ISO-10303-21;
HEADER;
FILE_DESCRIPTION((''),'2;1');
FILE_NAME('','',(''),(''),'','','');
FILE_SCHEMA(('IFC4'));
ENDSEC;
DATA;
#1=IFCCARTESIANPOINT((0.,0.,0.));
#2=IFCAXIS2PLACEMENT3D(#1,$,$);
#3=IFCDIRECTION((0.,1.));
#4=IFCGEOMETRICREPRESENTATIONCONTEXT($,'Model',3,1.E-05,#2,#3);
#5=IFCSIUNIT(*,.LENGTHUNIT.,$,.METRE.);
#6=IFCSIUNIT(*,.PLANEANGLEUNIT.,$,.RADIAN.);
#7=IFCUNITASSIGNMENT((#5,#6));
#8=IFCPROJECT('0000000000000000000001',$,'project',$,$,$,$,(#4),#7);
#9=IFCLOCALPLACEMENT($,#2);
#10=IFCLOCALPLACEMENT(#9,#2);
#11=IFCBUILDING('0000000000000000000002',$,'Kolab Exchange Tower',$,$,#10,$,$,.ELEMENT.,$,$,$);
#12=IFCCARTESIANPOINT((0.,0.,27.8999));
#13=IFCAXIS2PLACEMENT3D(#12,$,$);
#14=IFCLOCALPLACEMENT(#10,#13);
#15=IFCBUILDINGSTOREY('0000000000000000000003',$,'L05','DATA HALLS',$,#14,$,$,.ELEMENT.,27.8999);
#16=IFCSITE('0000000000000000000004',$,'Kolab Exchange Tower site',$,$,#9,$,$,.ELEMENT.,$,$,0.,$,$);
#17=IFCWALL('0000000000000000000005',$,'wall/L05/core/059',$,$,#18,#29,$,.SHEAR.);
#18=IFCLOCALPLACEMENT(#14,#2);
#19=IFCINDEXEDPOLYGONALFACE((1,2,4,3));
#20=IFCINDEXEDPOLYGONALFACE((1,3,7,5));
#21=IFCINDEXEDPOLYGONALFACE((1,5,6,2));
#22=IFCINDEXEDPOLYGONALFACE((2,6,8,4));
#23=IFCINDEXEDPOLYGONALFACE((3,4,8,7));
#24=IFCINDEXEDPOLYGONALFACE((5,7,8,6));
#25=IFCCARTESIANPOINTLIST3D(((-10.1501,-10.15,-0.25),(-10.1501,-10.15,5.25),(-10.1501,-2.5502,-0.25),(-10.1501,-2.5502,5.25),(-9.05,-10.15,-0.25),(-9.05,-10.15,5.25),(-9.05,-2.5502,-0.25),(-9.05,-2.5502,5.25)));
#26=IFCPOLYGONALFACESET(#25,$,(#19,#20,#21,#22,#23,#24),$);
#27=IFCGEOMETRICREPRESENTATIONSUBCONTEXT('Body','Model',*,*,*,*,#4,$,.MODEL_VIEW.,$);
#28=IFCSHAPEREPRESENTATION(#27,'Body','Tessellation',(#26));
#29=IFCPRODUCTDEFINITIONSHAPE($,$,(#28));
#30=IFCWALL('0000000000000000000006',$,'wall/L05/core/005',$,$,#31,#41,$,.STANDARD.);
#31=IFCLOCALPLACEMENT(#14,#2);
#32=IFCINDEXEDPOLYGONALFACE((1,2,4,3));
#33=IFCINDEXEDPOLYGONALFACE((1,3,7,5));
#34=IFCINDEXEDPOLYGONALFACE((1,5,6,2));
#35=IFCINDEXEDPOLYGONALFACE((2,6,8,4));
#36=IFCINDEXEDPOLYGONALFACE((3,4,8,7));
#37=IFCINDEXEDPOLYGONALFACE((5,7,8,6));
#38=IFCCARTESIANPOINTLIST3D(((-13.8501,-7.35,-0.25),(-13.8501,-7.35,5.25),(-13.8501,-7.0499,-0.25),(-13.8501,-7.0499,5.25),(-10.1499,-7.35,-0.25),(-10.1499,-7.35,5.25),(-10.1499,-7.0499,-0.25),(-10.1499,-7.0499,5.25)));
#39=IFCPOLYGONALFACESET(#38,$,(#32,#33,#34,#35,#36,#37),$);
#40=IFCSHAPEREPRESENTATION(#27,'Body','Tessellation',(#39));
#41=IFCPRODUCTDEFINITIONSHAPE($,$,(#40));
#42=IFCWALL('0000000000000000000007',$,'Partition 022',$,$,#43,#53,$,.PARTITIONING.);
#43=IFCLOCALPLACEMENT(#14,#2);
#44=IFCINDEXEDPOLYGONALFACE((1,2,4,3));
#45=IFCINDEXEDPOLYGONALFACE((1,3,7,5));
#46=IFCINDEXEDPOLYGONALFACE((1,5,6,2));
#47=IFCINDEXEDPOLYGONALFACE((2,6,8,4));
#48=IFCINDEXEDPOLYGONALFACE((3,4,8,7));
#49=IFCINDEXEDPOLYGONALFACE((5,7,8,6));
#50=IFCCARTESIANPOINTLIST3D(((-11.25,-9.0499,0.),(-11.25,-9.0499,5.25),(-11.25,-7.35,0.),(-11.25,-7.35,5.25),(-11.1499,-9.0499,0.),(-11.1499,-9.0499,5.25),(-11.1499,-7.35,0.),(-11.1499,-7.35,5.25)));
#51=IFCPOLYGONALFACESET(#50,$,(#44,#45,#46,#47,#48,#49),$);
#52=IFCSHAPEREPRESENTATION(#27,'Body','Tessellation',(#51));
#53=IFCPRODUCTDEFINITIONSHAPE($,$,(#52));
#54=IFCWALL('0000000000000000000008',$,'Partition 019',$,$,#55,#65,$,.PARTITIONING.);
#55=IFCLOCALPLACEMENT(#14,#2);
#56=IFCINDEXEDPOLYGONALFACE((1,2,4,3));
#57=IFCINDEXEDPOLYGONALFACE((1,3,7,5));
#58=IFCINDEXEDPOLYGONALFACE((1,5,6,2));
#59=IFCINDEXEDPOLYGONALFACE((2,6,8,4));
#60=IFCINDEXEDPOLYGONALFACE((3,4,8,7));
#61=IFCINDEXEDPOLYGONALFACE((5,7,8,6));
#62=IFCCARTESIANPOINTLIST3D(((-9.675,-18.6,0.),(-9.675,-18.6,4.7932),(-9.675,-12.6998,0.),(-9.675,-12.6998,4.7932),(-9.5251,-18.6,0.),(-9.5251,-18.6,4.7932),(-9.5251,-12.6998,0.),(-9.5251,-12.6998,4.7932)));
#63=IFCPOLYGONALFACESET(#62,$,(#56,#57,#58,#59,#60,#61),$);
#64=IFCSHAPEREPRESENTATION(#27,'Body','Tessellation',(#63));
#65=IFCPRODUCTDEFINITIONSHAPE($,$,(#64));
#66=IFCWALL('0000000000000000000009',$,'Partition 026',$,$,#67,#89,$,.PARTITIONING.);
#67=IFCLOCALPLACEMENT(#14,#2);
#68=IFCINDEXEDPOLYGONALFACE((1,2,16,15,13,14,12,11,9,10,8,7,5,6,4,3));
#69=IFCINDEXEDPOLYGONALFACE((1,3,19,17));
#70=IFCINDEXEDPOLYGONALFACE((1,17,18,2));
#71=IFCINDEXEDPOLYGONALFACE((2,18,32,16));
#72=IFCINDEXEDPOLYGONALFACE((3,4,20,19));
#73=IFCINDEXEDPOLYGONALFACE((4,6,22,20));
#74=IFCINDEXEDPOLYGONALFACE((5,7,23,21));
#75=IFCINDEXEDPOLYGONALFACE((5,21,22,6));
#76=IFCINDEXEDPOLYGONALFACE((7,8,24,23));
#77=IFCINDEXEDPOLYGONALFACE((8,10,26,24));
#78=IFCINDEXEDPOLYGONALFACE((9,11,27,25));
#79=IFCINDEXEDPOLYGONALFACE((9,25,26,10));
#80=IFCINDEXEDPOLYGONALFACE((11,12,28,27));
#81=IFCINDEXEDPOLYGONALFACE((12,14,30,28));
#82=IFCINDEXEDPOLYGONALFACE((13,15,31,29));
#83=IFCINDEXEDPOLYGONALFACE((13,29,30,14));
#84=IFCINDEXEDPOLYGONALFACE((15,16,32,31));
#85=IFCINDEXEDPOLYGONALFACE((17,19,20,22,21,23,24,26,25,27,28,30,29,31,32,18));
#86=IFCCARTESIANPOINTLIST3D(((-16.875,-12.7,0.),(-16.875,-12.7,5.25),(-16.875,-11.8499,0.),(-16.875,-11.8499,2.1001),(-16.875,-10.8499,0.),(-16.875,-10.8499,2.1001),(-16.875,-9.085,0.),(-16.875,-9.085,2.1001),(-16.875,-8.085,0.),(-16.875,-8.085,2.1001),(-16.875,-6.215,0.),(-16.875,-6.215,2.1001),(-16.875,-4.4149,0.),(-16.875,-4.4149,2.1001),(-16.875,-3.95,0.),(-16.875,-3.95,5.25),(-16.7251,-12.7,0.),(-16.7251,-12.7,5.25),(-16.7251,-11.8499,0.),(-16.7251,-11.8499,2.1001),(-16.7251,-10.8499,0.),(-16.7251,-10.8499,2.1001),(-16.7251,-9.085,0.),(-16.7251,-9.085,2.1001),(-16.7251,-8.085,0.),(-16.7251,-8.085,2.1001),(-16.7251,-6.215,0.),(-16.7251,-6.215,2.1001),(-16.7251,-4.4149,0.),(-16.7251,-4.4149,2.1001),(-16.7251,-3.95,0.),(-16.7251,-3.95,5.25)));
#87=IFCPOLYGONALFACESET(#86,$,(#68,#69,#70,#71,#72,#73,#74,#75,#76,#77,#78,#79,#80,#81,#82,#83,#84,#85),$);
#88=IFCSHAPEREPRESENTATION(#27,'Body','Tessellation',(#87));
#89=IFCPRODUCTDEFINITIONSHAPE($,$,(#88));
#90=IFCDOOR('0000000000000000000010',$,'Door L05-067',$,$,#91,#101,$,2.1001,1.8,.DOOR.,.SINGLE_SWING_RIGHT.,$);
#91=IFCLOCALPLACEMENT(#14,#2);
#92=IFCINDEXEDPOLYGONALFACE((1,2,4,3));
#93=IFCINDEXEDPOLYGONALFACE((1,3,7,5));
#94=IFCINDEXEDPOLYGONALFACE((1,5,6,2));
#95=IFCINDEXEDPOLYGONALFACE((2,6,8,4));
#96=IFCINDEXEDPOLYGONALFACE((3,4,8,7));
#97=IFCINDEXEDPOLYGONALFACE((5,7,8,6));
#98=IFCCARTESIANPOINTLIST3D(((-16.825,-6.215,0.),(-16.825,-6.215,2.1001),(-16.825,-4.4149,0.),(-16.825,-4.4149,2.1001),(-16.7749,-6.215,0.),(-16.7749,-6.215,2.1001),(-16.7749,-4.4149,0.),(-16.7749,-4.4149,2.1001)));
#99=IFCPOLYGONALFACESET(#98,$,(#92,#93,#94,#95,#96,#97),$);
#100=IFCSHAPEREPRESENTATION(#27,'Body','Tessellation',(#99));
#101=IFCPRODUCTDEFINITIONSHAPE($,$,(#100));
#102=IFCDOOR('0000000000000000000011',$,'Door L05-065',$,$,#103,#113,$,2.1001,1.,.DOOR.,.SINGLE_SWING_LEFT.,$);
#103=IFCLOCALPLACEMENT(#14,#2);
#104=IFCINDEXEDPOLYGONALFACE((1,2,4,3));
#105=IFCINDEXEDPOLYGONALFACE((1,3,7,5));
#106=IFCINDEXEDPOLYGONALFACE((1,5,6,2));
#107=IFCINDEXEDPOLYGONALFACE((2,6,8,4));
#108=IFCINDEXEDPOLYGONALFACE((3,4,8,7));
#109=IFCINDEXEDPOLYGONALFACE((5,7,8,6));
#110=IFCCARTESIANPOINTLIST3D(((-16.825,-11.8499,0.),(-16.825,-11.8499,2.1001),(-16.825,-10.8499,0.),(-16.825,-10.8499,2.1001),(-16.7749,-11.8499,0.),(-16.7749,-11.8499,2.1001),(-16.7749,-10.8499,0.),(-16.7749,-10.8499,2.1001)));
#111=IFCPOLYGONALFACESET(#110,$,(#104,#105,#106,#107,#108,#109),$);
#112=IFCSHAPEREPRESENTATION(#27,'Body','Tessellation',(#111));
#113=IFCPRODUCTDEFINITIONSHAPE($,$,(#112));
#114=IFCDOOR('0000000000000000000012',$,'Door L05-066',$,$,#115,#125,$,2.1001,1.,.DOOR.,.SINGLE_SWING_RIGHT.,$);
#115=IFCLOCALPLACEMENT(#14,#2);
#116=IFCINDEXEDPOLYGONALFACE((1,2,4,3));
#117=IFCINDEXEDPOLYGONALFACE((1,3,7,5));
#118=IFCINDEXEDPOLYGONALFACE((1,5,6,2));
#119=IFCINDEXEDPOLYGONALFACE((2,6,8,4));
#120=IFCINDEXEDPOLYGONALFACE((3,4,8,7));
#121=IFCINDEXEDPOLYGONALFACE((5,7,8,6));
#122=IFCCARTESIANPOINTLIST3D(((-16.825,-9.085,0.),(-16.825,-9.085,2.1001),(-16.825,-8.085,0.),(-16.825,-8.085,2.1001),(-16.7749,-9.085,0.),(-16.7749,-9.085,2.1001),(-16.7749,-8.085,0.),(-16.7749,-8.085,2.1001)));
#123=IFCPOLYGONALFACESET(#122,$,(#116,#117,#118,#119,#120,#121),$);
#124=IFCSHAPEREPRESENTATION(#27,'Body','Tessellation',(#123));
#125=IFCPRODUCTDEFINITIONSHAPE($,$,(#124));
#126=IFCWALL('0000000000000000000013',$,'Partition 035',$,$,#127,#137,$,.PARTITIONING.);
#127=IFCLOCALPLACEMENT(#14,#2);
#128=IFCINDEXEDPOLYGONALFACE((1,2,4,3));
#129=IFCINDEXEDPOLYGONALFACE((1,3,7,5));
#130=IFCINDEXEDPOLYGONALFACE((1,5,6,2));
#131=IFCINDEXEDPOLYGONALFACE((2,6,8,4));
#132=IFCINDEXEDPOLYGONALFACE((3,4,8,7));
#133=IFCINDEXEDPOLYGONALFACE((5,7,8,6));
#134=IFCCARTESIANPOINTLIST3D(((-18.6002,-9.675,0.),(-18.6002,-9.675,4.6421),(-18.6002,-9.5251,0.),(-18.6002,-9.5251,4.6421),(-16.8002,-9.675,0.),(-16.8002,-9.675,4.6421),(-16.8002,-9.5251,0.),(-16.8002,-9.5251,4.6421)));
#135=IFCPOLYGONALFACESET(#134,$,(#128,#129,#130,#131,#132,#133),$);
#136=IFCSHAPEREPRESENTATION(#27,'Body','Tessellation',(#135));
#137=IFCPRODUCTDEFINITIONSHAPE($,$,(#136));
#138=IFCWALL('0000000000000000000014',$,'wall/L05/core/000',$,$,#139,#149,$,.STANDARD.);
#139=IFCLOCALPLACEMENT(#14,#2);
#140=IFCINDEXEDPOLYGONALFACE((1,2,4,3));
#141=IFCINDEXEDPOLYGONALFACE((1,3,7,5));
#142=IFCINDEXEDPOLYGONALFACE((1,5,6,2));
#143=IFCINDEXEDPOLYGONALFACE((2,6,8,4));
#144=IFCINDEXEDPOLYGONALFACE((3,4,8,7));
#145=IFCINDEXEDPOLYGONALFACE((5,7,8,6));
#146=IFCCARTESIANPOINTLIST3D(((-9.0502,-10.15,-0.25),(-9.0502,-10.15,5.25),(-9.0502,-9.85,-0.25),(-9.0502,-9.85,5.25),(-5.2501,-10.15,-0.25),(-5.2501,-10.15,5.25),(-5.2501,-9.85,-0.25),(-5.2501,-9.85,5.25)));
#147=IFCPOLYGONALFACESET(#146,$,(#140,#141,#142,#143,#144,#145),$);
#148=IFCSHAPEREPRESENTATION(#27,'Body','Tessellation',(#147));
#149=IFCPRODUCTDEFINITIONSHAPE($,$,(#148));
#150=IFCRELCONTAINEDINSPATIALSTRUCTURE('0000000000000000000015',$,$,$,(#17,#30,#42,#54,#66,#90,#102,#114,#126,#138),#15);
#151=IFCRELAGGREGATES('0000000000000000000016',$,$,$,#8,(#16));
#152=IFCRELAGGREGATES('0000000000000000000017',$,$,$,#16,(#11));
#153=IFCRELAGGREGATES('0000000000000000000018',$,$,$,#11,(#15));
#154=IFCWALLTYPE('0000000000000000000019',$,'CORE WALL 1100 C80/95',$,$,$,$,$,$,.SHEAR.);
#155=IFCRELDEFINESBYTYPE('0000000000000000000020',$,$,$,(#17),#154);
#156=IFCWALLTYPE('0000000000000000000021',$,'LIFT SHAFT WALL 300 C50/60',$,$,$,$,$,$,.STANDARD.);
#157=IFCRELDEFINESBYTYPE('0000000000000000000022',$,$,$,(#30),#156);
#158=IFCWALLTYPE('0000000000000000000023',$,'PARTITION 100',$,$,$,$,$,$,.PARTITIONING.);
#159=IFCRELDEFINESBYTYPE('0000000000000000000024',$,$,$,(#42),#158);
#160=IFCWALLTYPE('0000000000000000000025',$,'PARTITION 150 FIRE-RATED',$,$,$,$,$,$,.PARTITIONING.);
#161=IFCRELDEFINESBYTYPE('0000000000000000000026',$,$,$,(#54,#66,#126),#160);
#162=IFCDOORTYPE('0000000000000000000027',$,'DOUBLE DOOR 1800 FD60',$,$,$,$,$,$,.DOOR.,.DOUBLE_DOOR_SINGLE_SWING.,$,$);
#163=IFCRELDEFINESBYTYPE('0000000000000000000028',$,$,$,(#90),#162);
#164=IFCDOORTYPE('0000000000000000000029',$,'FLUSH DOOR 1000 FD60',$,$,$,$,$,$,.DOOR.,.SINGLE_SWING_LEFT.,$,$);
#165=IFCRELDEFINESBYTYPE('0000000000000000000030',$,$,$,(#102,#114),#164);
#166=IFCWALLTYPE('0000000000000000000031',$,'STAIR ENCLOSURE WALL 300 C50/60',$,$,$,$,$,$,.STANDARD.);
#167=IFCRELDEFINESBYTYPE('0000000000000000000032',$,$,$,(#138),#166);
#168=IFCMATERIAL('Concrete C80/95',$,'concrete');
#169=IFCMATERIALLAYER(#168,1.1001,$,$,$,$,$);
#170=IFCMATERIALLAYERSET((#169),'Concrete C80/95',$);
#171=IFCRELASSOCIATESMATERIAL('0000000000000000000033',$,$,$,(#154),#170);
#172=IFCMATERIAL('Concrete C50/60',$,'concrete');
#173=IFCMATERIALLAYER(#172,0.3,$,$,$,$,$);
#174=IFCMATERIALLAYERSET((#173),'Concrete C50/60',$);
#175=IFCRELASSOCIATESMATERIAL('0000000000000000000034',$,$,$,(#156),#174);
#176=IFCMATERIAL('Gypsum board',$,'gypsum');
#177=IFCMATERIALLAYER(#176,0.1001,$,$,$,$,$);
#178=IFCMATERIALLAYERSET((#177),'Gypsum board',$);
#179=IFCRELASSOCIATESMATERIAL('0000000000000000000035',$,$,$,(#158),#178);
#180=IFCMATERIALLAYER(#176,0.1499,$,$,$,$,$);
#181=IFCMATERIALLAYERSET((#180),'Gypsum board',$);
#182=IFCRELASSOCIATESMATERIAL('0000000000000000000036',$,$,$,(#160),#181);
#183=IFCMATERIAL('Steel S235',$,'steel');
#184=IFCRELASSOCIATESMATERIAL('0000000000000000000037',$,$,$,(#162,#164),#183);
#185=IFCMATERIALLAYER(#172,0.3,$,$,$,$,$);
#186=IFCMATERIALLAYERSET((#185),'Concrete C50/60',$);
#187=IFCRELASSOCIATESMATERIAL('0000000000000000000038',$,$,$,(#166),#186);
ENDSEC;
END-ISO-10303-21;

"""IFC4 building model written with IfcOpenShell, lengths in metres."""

from ifc_helpers import new_model, si_unit, direction, frame, frame_2d, origin, place, context, subcontext, project, spatial, rectangle, extrude, material, layer, layer_set, type_object, element, fill, save


model = new_model("IFC4")

# Units and contexts
model_context = context("Model", 3, precision=1e-05, world=origin(), true_north=direction((0.0, 1.0)))
body_context = subcontext(model_context, "Body", "Model", "MODEL_VIEW")
ifc_project = project(units=[si_unit("LENGTHUNIT", "METRE"), si_unit("PLANEANGLEUNIT", "RADIAN")], contexts=[model_context])

# Site, building, storey
site_placement = place(None, origin())
site = spatial("IfcSite", under=ifc_project, at=site_placement, Name="Kolab Exchange Tower site", CompositionType="ELEMENT", RefElevation=0.0)
building_placement = place(site_placement, origin())
building = spatial("IfcBuilding", under=site, at=building_placement, Name="Kolab Exchange Tower", CompositionType="ELEMENT")
storey_placement = place(building_placement, frame((0.0, 0.0, 27.8999)))
storey = spatial("IfcBuildingStorey", under=building, at=storey_placement, Name="L05", Description="DATA HALLS", CompositionType="ELEMENT", Elevation=27.8999)

# Shared definitions
ifc_material_1 = material(Name="Concrete C80/95", Category="concrete")
ifc_layer_1 = layer(ifc_material_1, 1.1001)
ifc_layer_set_1 = layer_set([ifc_layer_1], Name="Concrete C80/95")
wall_type_1 = type_object("IfcWallType", Name="CORE WALL 1100 C80/95", PredefinedType="SHEAR", material=ifc_layer_set_1)
ifc_material_2 = material(Name="Steel S235", Category="steel")

# Walls
wall_1_placement = place(storey_placement, frame((-9.6001, -10.1499, -0.25), z_axis=(0.0, 0.0, 1.0), x_axis=(0.0, 1.0, 0.0)))
element("IfcWall", 1, at=wall_1_placement, inside=storey, type_object=wall_type_1, Name="wall/L05/core/059", PredefinedType="SHEAR", context=body_context, shape_type="SweptSolid", body=[
    extrude(rectangle(XDim=7.5999, YDim=1.1001, at=frame_2d((3.7998, 0.0))), origin(), (0.0, 0.0, 1.0), 5.5),
])
ifc_material_3 = material(Name="Concrete C50/60", Category="concrete")
ifc_layer_2 = layer(ifc_material_3, 0.3)
ifc_layer_set_2 = layer_set([ifc_layer_2], Name="Concrete C50/60")
wall_type_2 = type_object("IfcWallType", Name="LIFT SHAFT WALL 300 C50/60", PredefinedType="STANDARD", material=ifc_layer_set_2)
wall_2_placement = place(storey_placement, frame((-13.8501, -7.2, -0.25), z_axis=(0.0, 0.0, 1.0), x_axis=(1.0, 0.0, 0.0)))
element("IfcWall", 2, at=wall_2_placement, inside=storey, type_object=wall_type_2, Name="wall/L05/core/005", PredefinedType="STANDARD", context=body_context, shape_type="SweptSolid", body=[
    extrude(rectangle(XDim=3.7002, YDim=0.3, at=frame_2d((1.8501, 0.0))), origin(), (0.0, 0.0, 1.0), 5.5),
])
ifc_material_4 = material(Name="Gypsum board", Category="gypsum")
ifc_layer_3 = layer(ifc_material_4, 0.1001)
ifc_layer_set_3 = layer_set([ifc_layer_3], Name="Gypsum board")
wall_type_3 = type_object("IfcWallType", Name="PARTITION 100", PredefinedType="PARTITIONING", material=ifc_layer_set_3)
wall_3_placement = place(storey_placement, frame((-11.2, -9.05, 0.0), z_axis=(0.0, 0.0, 1.0), x_axis=(0.0, 1.0, 0.0)))
element("IfcWall", 3, at=wall_3_placement, inside=storey, type_object=wall_type_3, Name="Partition 022", PredefinedType="PARTITIONING", context=body_context, shape_type="SweptSolid", body=[
    extrude(rectangle(XDim=1.7, YDim=0.1001, at=frame_2d((0.8501, 0.0))), origin(), (0.0, 0.0, 1.0), 5.25),
])
ifc_layer_4 = layer(ifc_material_4, 0.1499)
ifc_layer_set_4 = layer_set([ifc_layer_4], Name="Gypsum board")
wall_type_4 = type_object("IfcWallType", Name="PARTITION 150 FIRE-RATED", PredefinedType="PARTITIONING", material=ifc_layer_set_4)
wall_4_placement = place(storey_placement, frame((-9.6001, -18.6001, 0.0), z_axis=(0.0, 0.0, 1.0), x_axis=(0.0, 1.0, 0.0)))
element("IfcWall", 4, at=wall_4_placement, inside=storey, type_object=wall_type_4, Name="Partition 019", PredefinedType="PARTITIONING", context=body_context, shape_type="SweptSolid", body=[
    extrude(rectangle(XDim=5.9001, YDim=0.1499, at=frame_2d((2.9502, 0.0))), origin(), (0.0, 0.0, 1.0), 4.7932),
])

# Wall, openings, doors
wall_5_placement = place(storey_placement, frame((-16.8, -12.7, 0.0), z_axis=(0.0, 0.0, 1.0), x_axis=(0.0, 1.0, 0.0)))
wall_5 = element("IfcWall", 5, at=wall_5_placement, inside=storey, type_object=wall_type_4, Name="Partition 026", PredefinedType="PARTITIONING", context=body_context, shape_type="SweptSolid", body=[
    extrude(rectangle(XDim=8.75, YDim=0.1499, at=frame_2d((4.375, 0.0))), origin(), (0.0, 0.0, 1.0), 5.25),
])
opening_1_placement = place(wall_5_placement, frame((0.8501, 0.0, 0.0)))
opening_1 = element("IfcOpeningElement", 6, at=opening_1_placement, cuts=wall_5, PredefinedType="OPENING", context=body_context, shape_type="SweptSolid", body=[
    extrude(rectangle(XDim=1.0, YDim=2.1001, at=frame_2d((0.5, 1.05))), frame((0.0, 0.085, 0.0), z_axis=(0.0, -1.0, 0.0), x_axis=(1.0, 0.0, 0.0)), (0.0, 0.0, 1.0), 0.1699),
])
opening_2_placement = place(wall_5_placement, frame((3.615, 0.0, 0.0)))
opening_2 = element("IfcOpeningElement", 7, at=opening_2_placement, cuts=wall_5, PredefinedType="OPENING", context=body_context, shape_type="SweptSolid", body=[
    extrude(rectangle(XDim=1.0, YDim=2.1001, at=frame_2d((0.5, 1.05))), frame((0.0, 0.085, 0.0), z_axis=(0.0, -1.0, 0.0), x_axis=(1.0, 0.0, 0.0)), (0.0, 0.0, 1.0), 0.1699),
])
opening_3_placement = place(wall_5_placement, frame((6.4851, 0.0, 0.0)))
opening_3 = element("IfcOpeningElement", 8, at=opening_3_placement, cuts=wall_5, PredefinedType="OPENING", context=body_context, shape_type="SweptSolid", body=[
    extrude(rectangle(XDim=1.8, YDim=2.1001, at=frame_2d((0.8999, 1.05))), frame((0.0, 0.085, 0.0), z_axis=(0.0, -1.0, 0.0), x_axis=(1.0, 0.0, 0.0)), (0.0, 0.0, 1.0), 0.1699),
])
door_type_1 = type_object("IfcDoorType", Name="DOUBLE DOOR 1800 FD60", OperationType="DOUBLE_DOOR_SINGLE_SWING", PredefinedType="DOOR", material=ifc_material_2)
door_1_placement = place(opening_3_placement, origin())
door_1 = element("IfcDoor", 9, at=door_1_placement, inside=storey, type_object=door_type_1, Name="Door L05-067", OperationType="SINGLE_SWING_RIGHT", OverallHeight=2.1001, OverallWidth=1.8, PredefinedType="DOOR", context=body_context, shape_type="SweptSolid", body=[
    extrude(rectangle(XDim=1.8, YDim=2.1001, at=frame_2d((0.8999, 1.05))), frame((0.0, 0.0249, 0.0), z_axis=(0.0, -1.0, 0.0), x_axis=(1.0, 0.0, 0.0)), (0.0, 0.0, 1.0), 0.05),
])
fill(opening_3, door_1)
door_type_2 = type_object("IfcDoorType", Name="FLUSH DOOR 1000 FD60", OperationType="SINGLE_SWING_LEFT", PredefinedType="DOOR", material=ifc_material_2)
door_2_placement = place(opening_1_placement, origin())
door_2 = element("IfcDoor", 10, at=door_2_placement, inside=storey, type_object=door_type_2, Name="Door L05-065", OperationType="SINGLE_SWING_LEFT", OverallHeight=2.1001, OverallWidth=1.0, PredefinedType="DOOR", context=body_context, shape_type="SweptSolid", body=[
    extrude(rectangle(XDim=1.0, YDim=2.1001, at=frame_2d((0.5, 1.05))), frame((0.0, 0.0249, 0.0), z_axis=(0.0, -1.0, 0.0), x_axis=(1.0, 0.0, 0.0)), (0.0, 0.0, 1.0), 0.05),
])
fill(opening_1, door_2)
door_3_placement = place(opening_2_placement, origin())
door_3 = element("IfcDoor", 11, at=door_3_placement, inside=storey, type_object=door_type_2, Name="Door L05-066", OperationType="SINGLE_SWING_RIGHT", OverallHeight=2.1001, OverallWidth=1.0, PredefinedType="DOOR", context=body_context, shape_type="SweptSolid", body=[
    extrude(rectangle(XDim=1.0, YDim=2.1001, at=frame_2d((0.5, 1.05))), frame((0.0, 0.0249, 0.0), z_axis=(0.0, -1.0, 0.0), x_axis=(1.0, 0.0, 0.0)), (0.0, 0.0, 1.0), 0.05),
])
fill(opening_2, door_3)

# Walls
wall_6_placement = place(storey_placement, frame((-18.6001, -9.6001, 0.0), z_axis=(0.0, 0.0, 1.0), x_axis=(1.0, 0.0, 0.0)))
element("IfcWall", 12, at=wall_6_placement, inside=storey, type_object=wall_type_4, Name="Partition 035", PredefinedType="PARTITIONING", context=body_context, shape_type="SweptSolid", body=[
    extrude(rectangle(XDim=1.8, YDim=0.1499, at=frame_2d((0.8999, 0.0))), origin(), (0.0, 0.0, 1.0), 4.6421),
])
ifc_layer_5 = layer(ifc_material_3, 0.3)
ifc_layer_set_5 = layer_set([ifc_layer_5], Name="Concrete C50/60")
wall_type_5 = type_object("IfcWallType", Name="STAIR ENCLOSURE WALL 300 C50/60", PredefinedType="STANDARD", material=ifc_layer_set_5)
wall_7_placement = place(storey_placement, frame((-9.05, -10.0, -0.25), z_axis=(0.0, 0.0, 1.0), x_axis=(1.0, 0.0, 0.0)))
element("IfcWall", 13, at=wall_7_placement, inside=storey, type_object=wall_type_5, Name="wall/L05/core/000", PredefinedType="STANDARD", context=body_context, shape_type="SweptSolid", body=[
    extrude(rectangle(XDim=3.8, YDim=0.3, at=frame_2d((1.8999, 0.0))), origin(), (0.0, 0.0, 1.0), 5.5),
])

save(model, "model.ifc")
